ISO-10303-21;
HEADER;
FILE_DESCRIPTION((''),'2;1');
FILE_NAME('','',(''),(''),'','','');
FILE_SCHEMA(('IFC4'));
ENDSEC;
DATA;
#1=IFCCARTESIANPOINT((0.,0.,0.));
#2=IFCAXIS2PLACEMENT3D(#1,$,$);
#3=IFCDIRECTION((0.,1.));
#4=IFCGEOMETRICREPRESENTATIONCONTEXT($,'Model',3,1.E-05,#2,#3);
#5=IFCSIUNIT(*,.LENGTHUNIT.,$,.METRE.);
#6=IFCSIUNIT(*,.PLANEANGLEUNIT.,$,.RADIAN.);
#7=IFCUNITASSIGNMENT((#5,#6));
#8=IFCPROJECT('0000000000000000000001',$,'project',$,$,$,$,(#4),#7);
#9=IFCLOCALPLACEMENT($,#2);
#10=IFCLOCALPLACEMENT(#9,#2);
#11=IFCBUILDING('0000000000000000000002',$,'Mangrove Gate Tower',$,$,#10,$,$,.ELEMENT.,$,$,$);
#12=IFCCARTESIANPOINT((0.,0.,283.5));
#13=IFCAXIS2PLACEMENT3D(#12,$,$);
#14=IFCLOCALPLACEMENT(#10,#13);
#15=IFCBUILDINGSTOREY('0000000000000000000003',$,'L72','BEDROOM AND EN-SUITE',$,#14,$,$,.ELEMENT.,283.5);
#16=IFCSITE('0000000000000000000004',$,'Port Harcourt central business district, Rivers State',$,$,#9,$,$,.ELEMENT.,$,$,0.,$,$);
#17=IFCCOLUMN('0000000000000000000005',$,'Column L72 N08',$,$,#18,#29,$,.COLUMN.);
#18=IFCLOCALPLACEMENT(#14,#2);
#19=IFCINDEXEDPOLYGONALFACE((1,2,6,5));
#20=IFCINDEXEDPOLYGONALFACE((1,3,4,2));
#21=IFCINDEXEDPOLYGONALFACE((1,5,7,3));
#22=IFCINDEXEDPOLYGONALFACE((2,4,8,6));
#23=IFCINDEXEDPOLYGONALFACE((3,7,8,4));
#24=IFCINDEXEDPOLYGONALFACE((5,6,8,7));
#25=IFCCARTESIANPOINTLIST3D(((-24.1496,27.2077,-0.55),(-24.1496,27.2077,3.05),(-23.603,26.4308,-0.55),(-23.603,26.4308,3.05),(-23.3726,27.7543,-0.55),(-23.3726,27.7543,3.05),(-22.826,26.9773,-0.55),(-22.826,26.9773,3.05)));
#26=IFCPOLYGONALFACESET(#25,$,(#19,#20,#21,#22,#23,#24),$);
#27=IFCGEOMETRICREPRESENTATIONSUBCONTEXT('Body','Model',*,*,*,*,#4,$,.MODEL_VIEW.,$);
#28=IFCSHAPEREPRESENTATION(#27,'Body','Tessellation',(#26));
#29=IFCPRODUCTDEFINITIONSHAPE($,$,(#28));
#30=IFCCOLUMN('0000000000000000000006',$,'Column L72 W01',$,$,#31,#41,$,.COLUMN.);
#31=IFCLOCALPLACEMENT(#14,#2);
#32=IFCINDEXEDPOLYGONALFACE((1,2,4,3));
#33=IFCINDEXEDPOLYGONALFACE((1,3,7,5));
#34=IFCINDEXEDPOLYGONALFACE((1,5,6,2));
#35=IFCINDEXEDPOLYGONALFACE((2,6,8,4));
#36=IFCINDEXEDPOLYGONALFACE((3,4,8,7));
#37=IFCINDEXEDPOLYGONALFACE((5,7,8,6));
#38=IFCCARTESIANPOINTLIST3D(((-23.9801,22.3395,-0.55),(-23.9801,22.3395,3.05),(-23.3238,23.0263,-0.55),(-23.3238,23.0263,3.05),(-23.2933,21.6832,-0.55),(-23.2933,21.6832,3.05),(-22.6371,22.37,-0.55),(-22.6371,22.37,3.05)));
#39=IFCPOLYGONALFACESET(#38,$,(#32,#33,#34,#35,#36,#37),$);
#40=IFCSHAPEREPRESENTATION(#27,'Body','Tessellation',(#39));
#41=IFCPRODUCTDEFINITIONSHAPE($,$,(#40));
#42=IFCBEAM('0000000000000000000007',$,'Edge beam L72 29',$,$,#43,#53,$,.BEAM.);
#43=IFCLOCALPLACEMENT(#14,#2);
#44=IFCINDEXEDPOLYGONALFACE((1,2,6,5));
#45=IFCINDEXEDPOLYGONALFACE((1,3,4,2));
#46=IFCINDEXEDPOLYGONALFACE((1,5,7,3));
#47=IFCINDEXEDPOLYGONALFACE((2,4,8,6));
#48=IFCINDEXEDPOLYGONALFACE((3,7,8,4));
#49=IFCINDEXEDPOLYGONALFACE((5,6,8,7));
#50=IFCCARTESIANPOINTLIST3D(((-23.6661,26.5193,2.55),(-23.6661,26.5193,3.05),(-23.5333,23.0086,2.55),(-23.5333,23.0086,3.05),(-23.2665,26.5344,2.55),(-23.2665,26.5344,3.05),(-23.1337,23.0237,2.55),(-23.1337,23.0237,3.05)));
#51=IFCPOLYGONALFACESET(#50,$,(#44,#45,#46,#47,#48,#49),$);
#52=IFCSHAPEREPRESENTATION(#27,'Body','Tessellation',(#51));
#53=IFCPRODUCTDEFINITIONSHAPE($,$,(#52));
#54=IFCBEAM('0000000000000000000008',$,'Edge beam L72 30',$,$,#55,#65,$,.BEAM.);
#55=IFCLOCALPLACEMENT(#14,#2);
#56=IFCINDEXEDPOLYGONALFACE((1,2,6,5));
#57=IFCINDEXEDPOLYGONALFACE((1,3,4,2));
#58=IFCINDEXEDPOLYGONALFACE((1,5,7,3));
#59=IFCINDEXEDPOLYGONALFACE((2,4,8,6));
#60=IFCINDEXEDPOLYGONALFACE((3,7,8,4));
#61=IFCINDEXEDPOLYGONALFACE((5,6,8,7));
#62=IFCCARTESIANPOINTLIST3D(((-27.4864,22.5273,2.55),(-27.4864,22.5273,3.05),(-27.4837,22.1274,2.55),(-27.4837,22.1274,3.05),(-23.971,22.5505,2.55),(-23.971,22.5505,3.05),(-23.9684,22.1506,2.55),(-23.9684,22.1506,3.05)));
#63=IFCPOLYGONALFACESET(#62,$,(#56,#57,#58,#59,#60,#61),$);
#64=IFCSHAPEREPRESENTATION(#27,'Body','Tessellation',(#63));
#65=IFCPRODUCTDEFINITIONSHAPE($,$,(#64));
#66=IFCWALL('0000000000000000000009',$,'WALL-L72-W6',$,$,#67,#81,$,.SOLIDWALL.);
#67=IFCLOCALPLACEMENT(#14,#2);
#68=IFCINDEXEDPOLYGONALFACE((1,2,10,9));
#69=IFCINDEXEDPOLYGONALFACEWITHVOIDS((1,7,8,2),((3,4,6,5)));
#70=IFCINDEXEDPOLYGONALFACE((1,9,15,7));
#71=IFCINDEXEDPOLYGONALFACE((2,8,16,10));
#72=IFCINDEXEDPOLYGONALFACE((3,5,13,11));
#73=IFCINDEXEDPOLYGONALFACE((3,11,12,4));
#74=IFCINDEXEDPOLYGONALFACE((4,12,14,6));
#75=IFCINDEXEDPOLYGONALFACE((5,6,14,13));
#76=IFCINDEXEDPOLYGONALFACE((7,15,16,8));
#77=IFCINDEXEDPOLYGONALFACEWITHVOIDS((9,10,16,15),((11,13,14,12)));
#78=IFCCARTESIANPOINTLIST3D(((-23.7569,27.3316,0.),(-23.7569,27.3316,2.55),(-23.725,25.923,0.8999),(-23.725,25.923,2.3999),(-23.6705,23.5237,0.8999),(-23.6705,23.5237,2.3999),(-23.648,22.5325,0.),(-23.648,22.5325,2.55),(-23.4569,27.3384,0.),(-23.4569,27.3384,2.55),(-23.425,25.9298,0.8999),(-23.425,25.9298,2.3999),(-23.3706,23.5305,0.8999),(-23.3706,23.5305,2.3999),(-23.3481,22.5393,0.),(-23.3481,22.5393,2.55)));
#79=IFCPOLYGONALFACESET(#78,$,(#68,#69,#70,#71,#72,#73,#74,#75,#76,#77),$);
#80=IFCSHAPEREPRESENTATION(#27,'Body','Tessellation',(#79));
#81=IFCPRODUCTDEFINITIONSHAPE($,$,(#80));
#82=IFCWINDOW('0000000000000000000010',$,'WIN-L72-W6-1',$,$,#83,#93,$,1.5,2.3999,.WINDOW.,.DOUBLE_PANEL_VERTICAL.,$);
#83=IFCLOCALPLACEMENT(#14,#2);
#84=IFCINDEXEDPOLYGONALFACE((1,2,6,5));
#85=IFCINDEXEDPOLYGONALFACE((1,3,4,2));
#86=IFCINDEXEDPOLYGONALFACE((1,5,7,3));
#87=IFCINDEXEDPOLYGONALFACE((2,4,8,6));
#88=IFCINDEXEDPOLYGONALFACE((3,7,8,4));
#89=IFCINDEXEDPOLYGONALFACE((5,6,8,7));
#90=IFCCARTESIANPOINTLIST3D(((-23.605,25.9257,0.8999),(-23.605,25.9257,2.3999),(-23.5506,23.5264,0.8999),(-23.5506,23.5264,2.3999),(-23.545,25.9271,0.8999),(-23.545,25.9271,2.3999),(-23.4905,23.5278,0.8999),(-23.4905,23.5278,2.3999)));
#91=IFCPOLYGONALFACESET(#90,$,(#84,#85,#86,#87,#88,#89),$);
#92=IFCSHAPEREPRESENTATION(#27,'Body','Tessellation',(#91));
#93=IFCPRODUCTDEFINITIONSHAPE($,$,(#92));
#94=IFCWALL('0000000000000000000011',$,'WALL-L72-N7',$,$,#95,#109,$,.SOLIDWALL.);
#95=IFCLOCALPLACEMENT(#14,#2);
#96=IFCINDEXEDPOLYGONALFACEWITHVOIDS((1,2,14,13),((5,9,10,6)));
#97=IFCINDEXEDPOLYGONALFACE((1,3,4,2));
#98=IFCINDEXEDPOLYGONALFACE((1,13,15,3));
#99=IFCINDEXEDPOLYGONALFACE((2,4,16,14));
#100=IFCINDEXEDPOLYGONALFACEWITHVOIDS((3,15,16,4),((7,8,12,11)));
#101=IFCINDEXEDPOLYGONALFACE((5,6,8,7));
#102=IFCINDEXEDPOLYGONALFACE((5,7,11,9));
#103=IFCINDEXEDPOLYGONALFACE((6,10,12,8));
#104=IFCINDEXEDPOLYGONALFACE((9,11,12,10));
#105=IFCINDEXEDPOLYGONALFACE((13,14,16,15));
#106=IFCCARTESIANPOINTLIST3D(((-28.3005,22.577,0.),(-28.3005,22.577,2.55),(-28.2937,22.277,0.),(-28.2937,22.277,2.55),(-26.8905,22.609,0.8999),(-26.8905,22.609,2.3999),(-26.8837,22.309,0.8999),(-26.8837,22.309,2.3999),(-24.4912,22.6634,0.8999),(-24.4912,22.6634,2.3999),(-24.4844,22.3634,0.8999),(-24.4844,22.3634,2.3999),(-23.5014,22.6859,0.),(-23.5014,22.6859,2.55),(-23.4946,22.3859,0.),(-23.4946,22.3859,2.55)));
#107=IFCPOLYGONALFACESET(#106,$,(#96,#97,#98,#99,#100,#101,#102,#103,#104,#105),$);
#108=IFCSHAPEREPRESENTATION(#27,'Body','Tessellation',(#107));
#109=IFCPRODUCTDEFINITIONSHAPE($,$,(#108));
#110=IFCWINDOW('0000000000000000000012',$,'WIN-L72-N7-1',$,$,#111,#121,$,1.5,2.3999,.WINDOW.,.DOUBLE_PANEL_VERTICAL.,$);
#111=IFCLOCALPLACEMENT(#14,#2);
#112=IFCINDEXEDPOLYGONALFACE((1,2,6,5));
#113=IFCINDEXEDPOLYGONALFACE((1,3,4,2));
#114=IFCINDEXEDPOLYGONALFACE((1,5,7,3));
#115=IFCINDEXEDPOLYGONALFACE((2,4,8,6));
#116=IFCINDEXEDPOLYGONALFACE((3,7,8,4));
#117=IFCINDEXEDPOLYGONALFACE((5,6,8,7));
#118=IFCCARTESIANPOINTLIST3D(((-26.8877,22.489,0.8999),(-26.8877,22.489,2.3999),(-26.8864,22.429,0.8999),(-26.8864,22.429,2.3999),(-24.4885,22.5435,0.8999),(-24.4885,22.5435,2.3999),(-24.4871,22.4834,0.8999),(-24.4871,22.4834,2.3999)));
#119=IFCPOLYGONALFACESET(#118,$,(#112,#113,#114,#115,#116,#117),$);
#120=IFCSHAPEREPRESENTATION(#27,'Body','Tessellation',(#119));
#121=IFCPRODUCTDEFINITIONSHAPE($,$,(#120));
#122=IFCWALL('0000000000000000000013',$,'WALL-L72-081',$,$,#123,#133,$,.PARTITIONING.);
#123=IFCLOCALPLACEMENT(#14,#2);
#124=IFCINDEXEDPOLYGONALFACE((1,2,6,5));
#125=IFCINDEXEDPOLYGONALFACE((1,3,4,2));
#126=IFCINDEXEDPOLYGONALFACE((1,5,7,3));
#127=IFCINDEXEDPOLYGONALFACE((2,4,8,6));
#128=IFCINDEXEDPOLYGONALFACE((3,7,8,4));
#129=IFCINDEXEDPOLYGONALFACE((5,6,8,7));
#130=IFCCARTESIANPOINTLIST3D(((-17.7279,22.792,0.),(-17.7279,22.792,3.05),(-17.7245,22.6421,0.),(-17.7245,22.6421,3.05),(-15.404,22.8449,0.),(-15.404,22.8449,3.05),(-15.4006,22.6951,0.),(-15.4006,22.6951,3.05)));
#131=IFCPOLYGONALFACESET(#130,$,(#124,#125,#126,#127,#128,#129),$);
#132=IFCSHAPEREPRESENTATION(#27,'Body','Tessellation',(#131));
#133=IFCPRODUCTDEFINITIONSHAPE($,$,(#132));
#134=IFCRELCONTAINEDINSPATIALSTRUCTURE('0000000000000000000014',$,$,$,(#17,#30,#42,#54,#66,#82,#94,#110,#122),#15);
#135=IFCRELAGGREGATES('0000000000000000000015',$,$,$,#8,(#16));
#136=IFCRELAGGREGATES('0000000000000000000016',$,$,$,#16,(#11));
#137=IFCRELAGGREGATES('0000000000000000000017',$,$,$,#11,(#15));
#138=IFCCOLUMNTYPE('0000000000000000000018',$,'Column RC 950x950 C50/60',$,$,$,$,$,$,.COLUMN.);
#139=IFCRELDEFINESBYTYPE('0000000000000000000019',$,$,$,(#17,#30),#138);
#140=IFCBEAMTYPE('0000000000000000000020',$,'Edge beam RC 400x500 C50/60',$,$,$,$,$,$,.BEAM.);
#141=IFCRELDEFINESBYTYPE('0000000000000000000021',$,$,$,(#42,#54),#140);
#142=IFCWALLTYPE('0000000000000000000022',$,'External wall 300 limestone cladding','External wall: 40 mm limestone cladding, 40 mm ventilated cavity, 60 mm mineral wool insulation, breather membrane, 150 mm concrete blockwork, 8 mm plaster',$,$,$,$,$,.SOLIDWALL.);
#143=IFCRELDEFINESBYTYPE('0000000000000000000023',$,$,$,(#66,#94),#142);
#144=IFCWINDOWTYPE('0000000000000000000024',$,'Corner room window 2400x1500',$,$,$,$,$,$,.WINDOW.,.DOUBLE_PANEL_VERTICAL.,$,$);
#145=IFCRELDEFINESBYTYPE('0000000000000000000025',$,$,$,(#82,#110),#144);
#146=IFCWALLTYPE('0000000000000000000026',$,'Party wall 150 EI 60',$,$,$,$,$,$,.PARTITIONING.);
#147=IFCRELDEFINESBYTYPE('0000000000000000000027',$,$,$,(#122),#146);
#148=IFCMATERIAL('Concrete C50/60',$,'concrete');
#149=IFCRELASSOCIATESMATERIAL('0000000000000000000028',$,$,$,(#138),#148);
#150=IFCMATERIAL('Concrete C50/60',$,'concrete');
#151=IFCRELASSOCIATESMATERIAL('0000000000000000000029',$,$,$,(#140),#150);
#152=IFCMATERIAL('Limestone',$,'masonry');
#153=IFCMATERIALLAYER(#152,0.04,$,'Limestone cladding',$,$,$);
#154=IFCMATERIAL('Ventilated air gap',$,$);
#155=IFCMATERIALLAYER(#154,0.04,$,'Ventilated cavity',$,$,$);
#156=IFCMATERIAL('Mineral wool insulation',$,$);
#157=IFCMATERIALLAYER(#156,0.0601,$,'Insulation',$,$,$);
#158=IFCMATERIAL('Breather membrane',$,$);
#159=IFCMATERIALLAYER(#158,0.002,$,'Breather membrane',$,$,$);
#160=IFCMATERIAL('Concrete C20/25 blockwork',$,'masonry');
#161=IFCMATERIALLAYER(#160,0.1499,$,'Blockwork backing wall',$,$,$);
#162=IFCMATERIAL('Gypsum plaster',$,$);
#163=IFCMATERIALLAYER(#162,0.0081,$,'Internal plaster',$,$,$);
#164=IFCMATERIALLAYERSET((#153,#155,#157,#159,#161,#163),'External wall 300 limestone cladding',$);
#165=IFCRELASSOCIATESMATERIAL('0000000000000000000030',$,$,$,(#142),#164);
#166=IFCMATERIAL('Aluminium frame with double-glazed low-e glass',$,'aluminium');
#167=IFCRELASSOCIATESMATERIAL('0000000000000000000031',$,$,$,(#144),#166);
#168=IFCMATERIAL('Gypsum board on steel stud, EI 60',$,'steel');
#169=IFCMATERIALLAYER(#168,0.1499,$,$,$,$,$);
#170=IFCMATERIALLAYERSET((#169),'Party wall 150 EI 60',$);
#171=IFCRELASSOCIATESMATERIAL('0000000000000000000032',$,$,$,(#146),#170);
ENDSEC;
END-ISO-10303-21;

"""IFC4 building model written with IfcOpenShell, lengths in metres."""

from ifc_helpers import new_model, si_unit, direction, frame, frame_2d, origin, origin_2d, place, context, subcontext, project, spatial, rectangle, extrude, material, layer, layer_set, material_profile, profile_set, type_object, element, fill, save


model = new_model("IFC4")

# Units and contexts
model_context = context("Model", 3, precision=1e-05, world=origin(), true_north=direction((0.0, 1.0)))
body_context = subcontext(model_context, "Body", "Model", "MODEL_VIEW")
ifc_project = project(units=[si_unit("LENGTHUNIT", "METRE"), si_unit("PLANEANGLEUNIT", "RADIAN")], contexts=[model_context])

# Site, building, storey
site_placement = place(None, origin())
site = spatial("IfcSite", under=ifc_project, at=site_placement, Name="Port Harcourt central business district, Rivers State", CompositionType="ELEMENT", RefElevation=0.0)
building_placement = place(site_placement, origin())
building = spatial("IfcBuilding", under=site, at=building_placement, Name="Mangrove Gate Tower", CompositionType="ELEMENT")
storey_placement = place(building_placement, frame((0.0, 0.0, 283.5)))
storey = spatial("IfcBuildingStorey", under=building, at=storey_placement, Name="L72", Description="BEDROOM AND EN-SUITE", CompositionType="ELEMENT", Elevation=283.5)

# Columns
ifc_material_1 = material(Name="Concrete C50/60", Category="concrete")
ifc_material_profile_1 = material_profile(ifc_material_1, rectangle(XDim=0.95, YDim=0.95, at=origin_2d()))
ifc_profile_set_1 = profile_set([ifc_material_profile_1], Name="Concrete C50/60")
column_type = type_object("IfcColumnType", Name="Column RC 950x950 C50/60", PredefinedType="COLUMN", material=ifc_profile_set_1)
for number, where, z_axis, x_axis, name in (
    (1, (-23.4878, 27.0925, -0.55), (0.0, 0.0, 1.0), (-0.817889, -0.575376, 0.0), "Column L72 N08"),
    (2, (-23.3086, 22.3547, -0.55), (0.0, 0.0, 1.0), (-0.690865, -0.722984, 0.0), "Column L72 W01"),
):
    element("IfcColumn", number, at=place(storey_placement, frame(where, z_axis=z_axis, x_axis=x_axis)), inside=storey, type_object=column_type, Name=name, PredefinedType="COLUMN", context=body_context, shape_type="SweptSolid", body=[
        extrude(rectangle(XDim=0.95, YDim=0.95, at=origin_2d()), origin(), (0.0, 0.0, 1.0), 3.6001),
    ])

# Beams
ifc_material_2 = material(Name="Concrete C50/60", Category="concrete")
ifc_material_profile_2 = material_profile(ifc_material_2, rectangle(XDim=0.3999, YDim=0.5, at=origin_2d()))
ifc_profile_set_2 = profile_set([ifc_material_profile_2], Name="Concrete C50/60")
beam_type = type_object("IfcBeamType", Name="Edge beam RC 400x500 C50/60", PredefinedType="BEAM", material=ifc_profile_set_2)
beam_1_placement = place(storey_placement, frame((-23.4663, 26.5269, 2.8), z_axis=(0.037803, -0.999285, 0.0), x_axis=(0.999285, 0.037803, 0.0)))
element("IfcBeam", 3, at=beam_1_placement, inside=storey, type_object=beam_type, Name="Edge beam L72 29", PredefinedType="BEAM", context=body_context, shape_type="SweptSolid", body=[
    extrude(rectangle(XDim=0.3999, YDim=0.5, at=origin_2d()), origin(), (0.0, 0.0, 1.0), 3.5132),
])
beam_2_placement = place(storey_placement, frame((-23.9697, 22.3506, 2.8), z_axis=(-0.999978, -0.006598, 0.0), x_axis=(0.006598, -0.999978, 0.0)))
element("IfcBeam", 4, at=beam_2_placement, inside=storey, type_object=beam_type, Name="Edge beam L72 30", PredefinedType="BEAM", context=body_context, shape_type="SweptSolid", body=[
    extrude(rectangle(XDim=0.3999, YDim=0.5, at=origin_2d()), origin(), (0.0, 0.0, 1.0), 3.5154),
])

# Walls, openings, windows
ifc_material_3 = material(Name="Limestone", Category="masonry")
ifc_layer_1 = layer(ifc_material_3, 0.04, Name="Limestone cladding")
ifc_material_4 = material(Name="Ventilated air gap")
ifc_layer_2 = layer(ifc_material_4, 0.04, Name="Ventilated cavity")
ifc_material_5 = material(Name="Mineral wool insulation")
ifc_layer_3 = layer(ifc_material_5, 0.0601, Name="Insulation")
ifc_material_6 = material(Name="Breather membrane")
ifc_layer_4 = layer(ifc_material_6, 0.002, Name="Breather membrane")
ifc_material_7 = material(Name="Concrete C20/25 blockwork", Category="masonry")
ifc_layer_5 = layer(ifc_material_7, 0.1499, Name="Blockwork backing wall")
ifc_material_8 = material(Name="Gypsum plaster")
ifc_layer_6 = layer(ifc_material_8, 0.0081, Name="Internal plaster")
ifc_layer_set_1 = layer_set([ifc_layer_1, ifc_layer_2, ifc_layer_3, ifc_layer_4, ifc_layer_5, ifc_layer_6], Name="External wall 300 limestone cladding")
wall_type_1 = type_object("IfcWallType", Name="External wall 300 limestone cladding", Description="External wall: 40 mm limestone cladding, 40 mm ventilated cavity, 60 mm mineral wool insulation, breather membrane, 150 mm concrete blockwork, 8 mm plaster", PredefinedType="SOLIDWALL", material=ifc_layer_set_1)
wall_1_placement = place(storey_placement, frame((-23.6069, 27.335, 0.0), z_axis=(0.0, 0.0, 1.0), x_axis=(0.022683, -0.999743, 0.0)))
wall_1 = element("IfcWall", 5, at=wall_1_placement, inside=storey, type_object=wall_type_1, Name="WALL-L72-W6", PredefinedType="SOLIDWALL", context=body_context, shape_type="SweptSolid", body=[
    extrude(rectangle(XDim=4.8003, YDim=0.3, at=frame_2d((2.4001, 0.0))), origin(), (0.0, 0.0, 1.0), 2.55),
])
opening_1_placement = place(wall_1_placement, frame((1.4089, 0.0, 0.8999)))
opening_1 = element("IfcOpeningElement", 6, at=opening_1_placement, cuts=wall_1, PredefinedType="OPENING", context=body_context, shape_type="SweptSolid", body=[
    extrude(rectangle(XDim=2.3999, YDim=1.5, at=frame_2d((1.2, 0.75))), frame((0.0, 0.1599, 0.0), z_axis=(0.0, -1.0, 0.0), x_axis=(1.0, 0.0, 0.0)), (0.0, 0.0, 1.0), 0.3201),
])
ifc_material_9 = material(Name="Aluminium frame with double-glazed low-e glass", Category="aluminium")
window_type = type_object("IfcWindowType", Name="Corner room window 2400x1500", PartitioningType="DOUBLE_PANEL_VERTICAL", PredefinedType="WINDOW", material=ifc_material_9)
window_1_placement = place(opening_1_placement, origin())
window_1 = element("IfcWindow", 7, at=window_1_placement, inside=storey, type_object=window_type, Name="WIN-L72-W6-1", OverallHeight=1.5, OverallWidth=2.3999, PartitioningType="DOUBLE_PANEL_VERTICAL", PredefinedType="WINDOW", context=body_context, shape_type="SweptSolid", body=[
    extrude(rectangle(XDim=2.3999, YDim=1.5, at=frame_2d((1.2, 0.75))), frame((0.0, 0.03, 0.0), z_axis=(0.0, -1.0, 0.0), x_axis=(1.0, 0.0, 0.0)), (0.0, 0.0, 1.0), 0.0601),
])
fill(opening_1, window_1)
wall_2_placement = place(storey_placement, frame((-23.498, 22.5359, 0.0), z_axis=(0.0, 0.0, 1.0), x_axis=(-0.999743, -0.022683, 0.0)))
wall_2 = element("IfcWall", 8, at=wall_2_placement, inside=storey, type_object=wall_type_1, Name="WALL-L72-N7", PredefinedType="SOLIDWALL", context=body_context, shape_type="SweptSolid", body=[
    extrude(rectangle(XDim=4.8003, YDim=0.3, at=frame_2d((2.4001, 0.0))), origin(), (0.0, 0.0, 1.0), 2.55),
])
opening_2_placement = place(wall_2_placement, frame((0.99, 0.0, 0.8999)))
opening_2 = element("IfcOpeningElement", 9, at=opening_2_placement, cuts=wall_2, PredefinedType="OPENING", context=body_context, shape_type="SweptSolid", body=[
    extrude(rectangle(XDim=2.3999, YDim=1.5, at=frame_2d((1.2, 0.75))), frame((0.0, 0.1599, 0.0), z_axis=(0.0, -1.0, 0.0), x_axis=(1.0, 0.0, 0.0)), (0.0, 0.0, 1.0), 0.3201),
])
window_2_placement = place(opening_2_placement, origin())
window_2 = element("IfcWindow", 10, at=window_2_placement, inside=storey, type_object=window_type, Name="WIN-L72-N7-1", OverallHeight=1.5, OverallWidth=2.3999, PartitioningType="DOUBLE_PANEL_VERTICAL", PredefinedType="WINDOW", context=body_context, shape_type="SweptSolid", body=[
    extrude(rectangle(XDim=2.3999, YDim=1.5, at=frame_2d((1.2, 0.75))), frame((0.0, 0.03, 0.0), z_axis=(0.0, -1.0, 0.0), x_axis=(1.0, 0.0, 0.0)), (0.0, 0.0, 1.0), 0.0601),
])
fill(opening_2, window_2)

# Wall
ifc_material_10 = material(Name="Gypsum board on steel stud, EI 60", Category="steel")
ifc_layer_7 = layer(ifc_material_10, 0.1499)
ifc_layer_set_2 = layer_set([ifc_layer_7], Name="Party wall 150 EI 60")
wall_type_2 = type_object("IfcWallType", Name="Party wall 150 EI 60", PredefinedType="PARTITIONING", material=ifc_layer_set_2)
wall_3_placement = place(storey_placement, frame((-17.7261, 22.717, 0.0), z_axis=(0.0, 0.0, 1.0), x_axis=(0.99974, 0.022791, 0.0)))
element("IfcWall", 11, at=wall_3_placement, inside=storey, type_object=wall_type_2, Name="WALL-L72-081", PredefinedType="PARTITIONING", context=body_context, shape_type="SweptSolid", body=[
    extrude(rectangle(XDim=2.3245, YDim=0.1499, at=frame_2d((1.1621, 0.0))), origin(), (0.0, 0.0, 1.0), 3.05),
])

save(model, "model.ifc")
